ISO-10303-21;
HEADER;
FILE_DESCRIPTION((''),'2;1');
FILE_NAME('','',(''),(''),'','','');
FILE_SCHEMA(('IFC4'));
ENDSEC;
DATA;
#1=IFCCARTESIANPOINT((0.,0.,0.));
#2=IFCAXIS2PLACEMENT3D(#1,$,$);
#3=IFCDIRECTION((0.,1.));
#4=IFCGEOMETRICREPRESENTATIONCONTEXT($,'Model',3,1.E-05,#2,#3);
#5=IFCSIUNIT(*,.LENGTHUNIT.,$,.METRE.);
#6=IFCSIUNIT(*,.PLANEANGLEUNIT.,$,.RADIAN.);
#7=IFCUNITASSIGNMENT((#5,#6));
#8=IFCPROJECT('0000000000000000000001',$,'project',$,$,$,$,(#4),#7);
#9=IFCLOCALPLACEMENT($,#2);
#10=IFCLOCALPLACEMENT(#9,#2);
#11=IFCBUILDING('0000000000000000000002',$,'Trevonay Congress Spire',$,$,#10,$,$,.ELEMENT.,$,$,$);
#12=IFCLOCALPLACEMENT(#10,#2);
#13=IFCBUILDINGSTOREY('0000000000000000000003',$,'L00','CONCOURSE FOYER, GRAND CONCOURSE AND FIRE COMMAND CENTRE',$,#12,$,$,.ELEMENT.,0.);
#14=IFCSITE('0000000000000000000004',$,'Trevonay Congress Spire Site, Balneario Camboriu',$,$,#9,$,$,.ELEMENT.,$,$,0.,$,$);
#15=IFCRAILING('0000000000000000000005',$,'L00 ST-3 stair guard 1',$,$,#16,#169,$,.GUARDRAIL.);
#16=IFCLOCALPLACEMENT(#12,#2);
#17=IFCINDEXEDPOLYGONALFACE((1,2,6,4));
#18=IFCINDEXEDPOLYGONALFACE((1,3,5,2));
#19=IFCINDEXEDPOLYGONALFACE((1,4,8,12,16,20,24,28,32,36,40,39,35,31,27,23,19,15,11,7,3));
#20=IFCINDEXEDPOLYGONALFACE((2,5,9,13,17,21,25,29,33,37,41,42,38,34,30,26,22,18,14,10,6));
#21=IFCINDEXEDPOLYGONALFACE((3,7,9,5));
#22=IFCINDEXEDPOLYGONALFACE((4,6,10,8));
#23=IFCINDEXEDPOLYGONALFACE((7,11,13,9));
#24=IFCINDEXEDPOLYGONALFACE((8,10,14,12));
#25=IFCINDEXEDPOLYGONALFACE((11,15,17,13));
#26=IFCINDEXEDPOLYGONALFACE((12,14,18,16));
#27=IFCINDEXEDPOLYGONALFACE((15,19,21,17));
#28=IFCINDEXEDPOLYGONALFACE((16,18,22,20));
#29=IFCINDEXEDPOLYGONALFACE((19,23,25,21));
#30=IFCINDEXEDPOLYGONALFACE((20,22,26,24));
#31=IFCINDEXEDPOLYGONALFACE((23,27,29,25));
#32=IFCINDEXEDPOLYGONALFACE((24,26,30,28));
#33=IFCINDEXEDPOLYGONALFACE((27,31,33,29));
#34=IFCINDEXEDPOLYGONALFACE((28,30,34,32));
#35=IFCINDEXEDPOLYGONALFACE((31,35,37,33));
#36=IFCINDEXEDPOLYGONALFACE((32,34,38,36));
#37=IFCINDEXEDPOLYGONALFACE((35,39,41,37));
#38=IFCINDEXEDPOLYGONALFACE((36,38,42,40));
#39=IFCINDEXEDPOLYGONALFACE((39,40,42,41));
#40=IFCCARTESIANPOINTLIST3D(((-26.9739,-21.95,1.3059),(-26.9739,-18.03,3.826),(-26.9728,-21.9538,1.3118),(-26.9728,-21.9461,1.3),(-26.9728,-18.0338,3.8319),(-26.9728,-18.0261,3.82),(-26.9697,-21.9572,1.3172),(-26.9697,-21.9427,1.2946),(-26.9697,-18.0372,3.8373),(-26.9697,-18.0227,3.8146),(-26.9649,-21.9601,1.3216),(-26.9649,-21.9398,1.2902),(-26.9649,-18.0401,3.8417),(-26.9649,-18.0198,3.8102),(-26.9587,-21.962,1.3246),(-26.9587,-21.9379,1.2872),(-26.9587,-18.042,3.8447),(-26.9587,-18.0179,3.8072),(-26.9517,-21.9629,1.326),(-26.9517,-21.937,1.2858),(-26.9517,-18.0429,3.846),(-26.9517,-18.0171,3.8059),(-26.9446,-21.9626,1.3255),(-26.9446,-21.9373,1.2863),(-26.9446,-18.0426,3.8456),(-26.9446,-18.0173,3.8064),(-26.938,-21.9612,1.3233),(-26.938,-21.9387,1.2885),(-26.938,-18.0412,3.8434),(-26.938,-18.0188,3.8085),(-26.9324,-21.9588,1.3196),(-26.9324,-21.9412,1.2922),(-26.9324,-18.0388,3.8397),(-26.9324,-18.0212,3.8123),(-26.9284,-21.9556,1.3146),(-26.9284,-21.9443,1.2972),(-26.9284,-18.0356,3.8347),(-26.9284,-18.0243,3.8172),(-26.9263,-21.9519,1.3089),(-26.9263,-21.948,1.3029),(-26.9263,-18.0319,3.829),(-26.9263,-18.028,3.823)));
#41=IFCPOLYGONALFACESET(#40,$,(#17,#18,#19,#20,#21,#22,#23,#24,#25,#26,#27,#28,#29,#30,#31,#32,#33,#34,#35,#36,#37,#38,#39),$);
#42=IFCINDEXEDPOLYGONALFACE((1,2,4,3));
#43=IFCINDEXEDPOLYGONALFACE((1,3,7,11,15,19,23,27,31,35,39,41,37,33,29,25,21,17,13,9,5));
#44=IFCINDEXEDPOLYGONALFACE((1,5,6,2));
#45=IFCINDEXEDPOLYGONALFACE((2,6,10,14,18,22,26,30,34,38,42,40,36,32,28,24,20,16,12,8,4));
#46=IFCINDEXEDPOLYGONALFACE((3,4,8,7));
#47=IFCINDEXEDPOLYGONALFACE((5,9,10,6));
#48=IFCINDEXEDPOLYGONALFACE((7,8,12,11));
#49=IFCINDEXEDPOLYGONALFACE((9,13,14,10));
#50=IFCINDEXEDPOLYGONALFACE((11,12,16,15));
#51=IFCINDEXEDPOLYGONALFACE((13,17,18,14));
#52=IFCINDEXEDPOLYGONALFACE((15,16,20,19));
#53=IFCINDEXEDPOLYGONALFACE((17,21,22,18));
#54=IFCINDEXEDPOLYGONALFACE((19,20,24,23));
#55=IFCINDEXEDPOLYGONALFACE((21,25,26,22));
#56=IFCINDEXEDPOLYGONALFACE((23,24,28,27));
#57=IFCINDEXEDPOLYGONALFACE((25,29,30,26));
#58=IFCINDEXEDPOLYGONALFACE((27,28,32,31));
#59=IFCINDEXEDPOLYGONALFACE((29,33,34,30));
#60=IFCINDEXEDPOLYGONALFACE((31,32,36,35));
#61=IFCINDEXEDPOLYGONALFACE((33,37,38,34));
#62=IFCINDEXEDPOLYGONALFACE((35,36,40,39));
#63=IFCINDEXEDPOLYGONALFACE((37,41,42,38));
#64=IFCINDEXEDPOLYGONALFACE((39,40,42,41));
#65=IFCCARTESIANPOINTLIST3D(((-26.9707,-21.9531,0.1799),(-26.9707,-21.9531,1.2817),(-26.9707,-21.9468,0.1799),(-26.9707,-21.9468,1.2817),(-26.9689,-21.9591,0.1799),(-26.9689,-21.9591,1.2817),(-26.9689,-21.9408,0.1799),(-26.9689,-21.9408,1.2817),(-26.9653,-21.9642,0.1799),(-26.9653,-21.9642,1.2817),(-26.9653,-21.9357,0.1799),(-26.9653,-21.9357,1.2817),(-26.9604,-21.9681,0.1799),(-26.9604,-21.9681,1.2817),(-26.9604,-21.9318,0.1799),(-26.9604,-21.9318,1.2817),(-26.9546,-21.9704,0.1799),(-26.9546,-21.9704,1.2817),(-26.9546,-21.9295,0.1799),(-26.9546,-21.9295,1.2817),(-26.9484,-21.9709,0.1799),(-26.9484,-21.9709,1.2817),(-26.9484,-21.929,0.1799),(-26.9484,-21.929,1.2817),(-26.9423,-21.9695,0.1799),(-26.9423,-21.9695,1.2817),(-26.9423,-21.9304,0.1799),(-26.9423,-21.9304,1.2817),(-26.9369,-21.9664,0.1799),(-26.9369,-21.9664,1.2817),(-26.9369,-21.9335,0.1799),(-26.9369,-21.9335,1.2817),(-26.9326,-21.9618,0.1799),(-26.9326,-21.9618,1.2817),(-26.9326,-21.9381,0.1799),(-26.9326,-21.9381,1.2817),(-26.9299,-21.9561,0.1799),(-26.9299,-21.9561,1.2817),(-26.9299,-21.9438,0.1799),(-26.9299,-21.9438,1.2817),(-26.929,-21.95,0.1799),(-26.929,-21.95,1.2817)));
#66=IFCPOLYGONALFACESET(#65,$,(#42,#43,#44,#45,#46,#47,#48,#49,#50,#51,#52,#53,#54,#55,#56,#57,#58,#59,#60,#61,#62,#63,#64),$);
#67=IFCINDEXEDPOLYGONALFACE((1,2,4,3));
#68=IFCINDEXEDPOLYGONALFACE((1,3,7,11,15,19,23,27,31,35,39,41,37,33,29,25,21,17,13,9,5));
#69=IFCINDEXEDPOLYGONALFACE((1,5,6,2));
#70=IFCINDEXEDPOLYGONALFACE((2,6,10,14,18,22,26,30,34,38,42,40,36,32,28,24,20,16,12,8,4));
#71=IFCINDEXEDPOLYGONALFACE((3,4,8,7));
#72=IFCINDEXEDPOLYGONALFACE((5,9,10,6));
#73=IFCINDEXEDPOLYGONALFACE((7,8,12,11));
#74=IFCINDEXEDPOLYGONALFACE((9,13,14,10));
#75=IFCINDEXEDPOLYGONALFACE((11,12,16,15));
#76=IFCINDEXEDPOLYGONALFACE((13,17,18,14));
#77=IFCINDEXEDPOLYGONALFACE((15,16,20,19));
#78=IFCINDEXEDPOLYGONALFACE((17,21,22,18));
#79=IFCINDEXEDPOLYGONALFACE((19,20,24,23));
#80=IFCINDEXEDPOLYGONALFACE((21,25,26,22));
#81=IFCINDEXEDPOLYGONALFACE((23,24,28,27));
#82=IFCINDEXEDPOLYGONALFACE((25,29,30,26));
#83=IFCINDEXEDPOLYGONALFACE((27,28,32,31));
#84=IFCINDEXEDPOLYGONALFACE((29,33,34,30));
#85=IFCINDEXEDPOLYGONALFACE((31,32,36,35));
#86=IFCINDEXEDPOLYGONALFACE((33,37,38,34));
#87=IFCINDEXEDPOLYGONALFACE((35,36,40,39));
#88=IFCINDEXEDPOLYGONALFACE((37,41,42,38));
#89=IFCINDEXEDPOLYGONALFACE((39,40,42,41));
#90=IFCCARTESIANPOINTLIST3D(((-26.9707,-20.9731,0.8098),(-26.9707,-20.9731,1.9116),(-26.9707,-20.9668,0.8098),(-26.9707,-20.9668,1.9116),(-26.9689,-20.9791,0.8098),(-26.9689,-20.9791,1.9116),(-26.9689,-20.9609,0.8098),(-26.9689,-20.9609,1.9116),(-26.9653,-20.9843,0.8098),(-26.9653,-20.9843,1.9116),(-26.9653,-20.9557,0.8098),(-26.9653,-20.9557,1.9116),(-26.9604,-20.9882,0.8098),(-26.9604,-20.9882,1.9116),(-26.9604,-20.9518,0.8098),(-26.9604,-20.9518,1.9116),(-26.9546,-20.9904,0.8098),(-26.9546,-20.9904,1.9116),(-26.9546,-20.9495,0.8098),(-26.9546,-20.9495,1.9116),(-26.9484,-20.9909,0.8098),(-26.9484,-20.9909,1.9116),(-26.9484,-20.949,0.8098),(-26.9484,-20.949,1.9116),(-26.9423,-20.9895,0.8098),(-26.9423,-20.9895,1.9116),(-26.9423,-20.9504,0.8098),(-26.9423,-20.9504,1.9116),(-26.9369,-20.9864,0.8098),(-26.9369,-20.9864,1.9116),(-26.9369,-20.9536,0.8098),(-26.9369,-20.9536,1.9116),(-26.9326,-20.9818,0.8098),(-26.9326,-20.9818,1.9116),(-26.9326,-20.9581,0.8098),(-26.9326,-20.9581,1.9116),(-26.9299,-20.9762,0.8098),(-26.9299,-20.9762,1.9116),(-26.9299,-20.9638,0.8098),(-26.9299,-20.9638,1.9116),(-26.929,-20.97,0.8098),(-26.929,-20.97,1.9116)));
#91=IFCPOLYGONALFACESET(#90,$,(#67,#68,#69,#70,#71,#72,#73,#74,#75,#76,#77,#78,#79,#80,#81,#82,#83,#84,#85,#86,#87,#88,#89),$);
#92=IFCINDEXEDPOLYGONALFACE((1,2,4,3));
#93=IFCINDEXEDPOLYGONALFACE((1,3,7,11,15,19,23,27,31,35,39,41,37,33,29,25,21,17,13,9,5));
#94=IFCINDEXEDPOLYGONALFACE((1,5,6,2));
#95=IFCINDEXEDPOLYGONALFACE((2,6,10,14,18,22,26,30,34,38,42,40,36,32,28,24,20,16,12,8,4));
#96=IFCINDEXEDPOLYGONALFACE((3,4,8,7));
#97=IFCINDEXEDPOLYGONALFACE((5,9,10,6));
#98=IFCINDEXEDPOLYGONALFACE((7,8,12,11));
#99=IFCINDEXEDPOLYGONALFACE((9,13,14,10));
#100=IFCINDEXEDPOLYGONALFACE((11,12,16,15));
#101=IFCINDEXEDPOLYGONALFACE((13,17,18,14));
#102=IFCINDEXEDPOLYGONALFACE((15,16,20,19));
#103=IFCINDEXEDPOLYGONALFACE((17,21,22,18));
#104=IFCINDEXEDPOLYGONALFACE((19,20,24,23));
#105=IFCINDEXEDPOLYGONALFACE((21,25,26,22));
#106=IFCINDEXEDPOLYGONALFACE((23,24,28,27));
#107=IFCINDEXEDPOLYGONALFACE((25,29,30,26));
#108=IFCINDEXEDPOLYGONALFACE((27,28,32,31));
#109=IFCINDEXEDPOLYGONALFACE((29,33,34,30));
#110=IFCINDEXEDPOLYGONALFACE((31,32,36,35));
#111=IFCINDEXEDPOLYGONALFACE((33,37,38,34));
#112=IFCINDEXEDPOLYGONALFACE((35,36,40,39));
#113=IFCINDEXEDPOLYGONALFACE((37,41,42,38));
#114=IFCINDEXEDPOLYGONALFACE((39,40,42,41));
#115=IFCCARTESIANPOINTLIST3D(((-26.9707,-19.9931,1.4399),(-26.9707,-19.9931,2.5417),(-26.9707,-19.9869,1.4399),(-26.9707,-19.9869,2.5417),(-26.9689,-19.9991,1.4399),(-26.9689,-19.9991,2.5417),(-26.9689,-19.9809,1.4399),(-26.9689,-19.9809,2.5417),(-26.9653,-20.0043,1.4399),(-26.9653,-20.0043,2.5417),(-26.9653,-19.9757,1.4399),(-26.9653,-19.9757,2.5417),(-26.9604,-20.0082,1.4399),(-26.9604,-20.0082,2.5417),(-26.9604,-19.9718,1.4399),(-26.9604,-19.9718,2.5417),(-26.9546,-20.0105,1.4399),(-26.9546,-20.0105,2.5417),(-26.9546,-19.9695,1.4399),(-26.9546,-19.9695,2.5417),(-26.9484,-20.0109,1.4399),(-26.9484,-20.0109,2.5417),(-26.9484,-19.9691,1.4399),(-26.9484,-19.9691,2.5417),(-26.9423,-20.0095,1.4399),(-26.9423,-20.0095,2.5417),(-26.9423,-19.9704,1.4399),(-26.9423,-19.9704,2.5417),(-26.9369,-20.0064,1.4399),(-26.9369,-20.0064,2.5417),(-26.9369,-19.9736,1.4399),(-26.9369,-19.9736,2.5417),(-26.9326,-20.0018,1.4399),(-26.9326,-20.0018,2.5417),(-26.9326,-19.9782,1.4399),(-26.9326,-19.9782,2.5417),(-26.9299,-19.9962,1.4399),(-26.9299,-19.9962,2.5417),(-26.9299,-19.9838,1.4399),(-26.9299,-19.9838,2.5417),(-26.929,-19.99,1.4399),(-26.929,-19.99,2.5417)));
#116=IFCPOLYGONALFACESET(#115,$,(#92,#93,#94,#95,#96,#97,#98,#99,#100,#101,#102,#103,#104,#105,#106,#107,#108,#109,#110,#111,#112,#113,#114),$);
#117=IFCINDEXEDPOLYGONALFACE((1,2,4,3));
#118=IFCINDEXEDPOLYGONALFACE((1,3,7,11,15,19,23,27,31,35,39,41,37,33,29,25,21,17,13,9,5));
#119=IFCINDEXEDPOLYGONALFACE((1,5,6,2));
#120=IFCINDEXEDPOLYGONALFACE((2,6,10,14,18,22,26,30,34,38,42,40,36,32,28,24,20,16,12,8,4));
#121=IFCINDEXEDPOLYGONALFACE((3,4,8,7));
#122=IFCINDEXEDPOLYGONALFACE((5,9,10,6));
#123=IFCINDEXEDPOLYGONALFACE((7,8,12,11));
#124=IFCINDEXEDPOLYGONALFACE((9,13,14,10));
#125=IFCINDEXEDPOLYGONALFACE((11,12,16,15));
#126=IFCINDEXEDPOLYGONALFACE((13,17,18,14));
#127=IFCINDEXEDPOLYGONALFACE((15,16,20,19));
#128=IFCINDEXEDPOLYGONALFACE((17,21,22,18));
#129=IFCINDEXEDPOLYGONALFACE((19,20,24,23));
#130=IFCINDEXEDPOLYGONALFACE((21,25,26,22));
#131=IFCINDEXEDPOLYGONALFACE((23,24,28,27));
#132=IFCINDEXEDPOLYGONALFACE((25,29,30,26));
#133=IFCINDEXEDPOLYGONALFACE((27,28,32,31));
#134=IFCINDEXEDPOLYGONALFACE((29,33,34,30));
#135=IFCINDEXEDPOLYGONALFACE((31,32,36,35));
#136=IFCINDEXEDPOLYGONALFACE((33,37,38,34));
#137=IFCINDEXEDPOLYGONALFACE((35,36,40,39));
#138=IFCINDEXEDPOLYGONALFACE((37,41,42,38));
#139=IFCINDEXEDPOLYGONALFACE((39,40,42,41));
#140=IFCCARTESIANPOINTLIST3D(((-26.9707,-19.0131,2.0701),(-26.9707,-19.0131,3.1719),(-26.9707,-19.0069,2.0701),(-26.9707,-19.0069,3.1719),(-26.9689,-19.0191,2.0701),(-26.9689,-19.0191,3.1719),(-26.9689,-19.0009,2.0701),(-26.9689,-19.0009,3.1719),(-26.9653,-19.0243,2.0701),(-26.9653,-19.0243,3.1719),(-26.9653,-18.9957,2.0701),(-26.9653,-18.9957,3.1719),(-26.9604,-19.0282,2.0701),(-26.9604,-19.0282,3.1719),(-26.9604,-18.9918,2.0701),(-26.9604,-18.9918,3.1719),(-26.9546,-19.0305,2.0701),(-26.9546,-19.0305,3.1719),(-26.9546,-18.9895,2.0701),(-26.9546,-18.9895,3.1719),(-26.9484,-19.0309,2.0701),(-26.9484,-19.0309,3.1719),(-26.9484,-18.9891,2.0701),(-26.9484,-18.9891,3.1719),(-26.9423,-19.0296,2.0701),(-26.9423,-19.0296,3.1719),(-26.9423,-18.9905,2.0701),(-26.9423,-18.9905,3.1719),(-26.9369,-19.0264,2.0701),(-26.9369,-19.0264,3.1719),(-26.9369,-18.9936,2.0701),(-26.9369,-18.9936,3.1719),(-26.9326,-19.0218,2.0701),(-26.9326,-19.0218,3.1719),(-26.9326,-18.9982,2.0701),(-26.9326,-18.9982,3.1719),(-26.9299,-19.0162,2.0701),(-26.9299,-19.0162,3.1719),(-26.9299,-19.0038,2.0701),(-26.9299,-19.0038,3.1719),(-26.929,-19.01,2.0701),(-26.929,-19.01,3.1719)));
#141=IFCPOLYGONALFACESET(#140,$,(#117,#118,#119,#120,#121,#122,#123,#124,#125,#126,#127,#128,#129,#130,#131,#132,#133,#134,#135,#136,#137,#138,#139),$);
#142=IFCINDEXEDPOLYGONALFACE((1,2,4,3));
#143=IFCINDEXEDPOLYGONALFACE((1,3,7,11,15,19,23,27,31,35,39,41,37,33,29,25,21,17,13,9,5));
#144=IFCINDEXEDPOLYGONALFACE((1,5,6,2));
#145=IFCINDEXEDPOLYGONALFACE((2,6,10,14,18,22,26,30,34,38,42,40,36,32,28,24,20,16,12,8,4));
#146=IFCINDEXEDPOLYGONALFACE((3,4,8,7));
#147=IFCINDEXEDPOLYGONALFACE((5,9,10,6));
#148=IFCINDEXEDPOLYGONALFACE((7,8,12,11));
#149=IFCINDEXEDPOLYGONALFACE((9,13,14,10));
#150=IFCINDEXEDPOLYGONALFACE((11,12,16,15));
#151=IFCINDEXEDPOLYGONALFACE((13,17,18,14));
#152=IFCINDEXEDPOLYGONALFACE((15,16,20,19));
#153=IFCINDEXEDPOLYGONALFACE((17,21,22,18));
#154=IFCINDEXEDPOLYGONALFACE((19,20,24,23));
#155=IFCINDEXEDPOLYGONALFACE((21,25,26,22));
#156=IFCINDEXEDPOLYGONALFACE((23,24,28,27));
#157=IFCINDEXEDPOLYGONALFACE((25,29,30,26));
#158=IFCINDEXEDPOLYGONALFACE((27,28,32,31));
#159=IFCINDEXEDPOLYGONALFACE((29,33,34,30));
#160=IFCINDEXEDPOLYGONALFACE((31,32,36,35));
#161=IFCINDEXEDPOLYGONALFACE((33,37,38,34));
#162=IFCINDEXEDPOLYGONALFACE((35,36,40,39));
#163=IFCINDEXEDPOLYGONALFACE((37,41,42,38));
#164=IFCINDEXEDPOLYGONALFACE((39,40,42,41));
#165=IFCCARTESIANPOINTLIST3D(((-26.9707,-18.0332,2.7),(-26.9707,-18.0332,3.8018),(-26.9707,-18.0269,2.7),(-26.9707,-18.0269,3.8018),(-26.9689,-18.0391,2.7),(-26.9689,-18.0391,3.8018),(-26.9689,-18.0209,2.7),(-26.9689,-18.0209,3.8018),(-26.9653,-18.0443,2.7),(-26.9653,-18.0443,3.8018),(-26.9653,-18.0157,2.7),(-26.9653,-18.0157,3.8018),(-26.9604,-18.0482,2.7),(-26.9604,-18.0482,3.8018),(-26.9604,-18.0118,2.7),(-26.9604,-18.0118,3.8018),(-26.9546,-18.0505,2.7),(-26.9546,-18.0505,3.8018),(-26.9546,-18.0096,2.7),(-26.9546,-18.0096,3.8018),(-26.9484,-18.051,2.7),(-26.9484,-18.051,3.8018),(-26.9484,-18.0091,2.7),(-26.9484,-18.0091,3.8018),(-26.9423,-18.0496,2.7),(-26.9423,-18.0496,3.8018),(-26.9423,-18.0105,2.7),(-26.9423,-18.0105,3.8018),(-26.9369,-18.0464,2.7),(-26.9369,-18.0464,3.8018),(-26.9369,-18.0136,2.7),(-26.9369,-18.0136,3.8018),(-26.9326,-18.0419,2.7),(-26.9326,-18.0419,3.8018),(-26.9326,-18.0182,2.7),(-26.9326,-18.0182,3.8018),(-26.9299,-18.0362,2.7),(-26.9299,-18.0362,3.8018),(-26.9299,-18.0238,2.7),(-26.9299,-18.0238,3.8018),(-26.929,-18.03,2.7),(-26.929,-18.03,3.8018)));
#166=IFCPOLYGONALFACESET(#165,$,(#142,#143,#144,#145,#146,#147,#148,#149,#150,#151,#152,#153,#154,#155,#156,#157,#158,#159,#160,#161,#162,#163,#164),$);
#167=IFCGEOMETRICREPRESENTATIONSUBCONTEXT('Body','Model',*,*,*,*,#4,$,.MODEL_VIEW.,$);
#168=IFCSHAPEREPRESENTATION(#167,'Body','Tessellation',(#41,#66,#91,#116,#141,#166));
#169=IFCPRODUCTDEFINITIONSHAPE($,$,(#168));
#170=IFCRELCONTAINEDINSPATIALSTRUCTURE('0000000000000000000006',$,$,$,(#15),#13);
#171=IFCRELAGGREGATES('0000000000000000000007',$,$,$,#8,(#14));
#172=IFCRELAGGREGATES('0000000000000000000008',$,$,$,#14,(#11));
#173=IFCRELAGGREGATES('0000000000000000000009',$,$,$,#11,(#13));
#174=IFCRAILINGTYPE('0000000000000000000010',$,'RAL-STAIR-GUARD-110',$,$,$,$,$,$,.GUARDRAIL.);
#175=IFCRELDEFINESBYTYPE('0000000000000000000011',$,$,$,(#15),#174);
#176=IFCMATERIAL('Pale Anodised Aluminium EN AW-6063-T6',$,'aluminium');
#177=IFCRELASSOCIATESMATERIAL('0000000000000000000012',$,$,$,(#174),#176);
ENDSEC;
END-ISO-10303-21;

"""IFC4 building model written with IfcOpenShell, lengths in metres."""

from ifc_helpers import new_model, si_unit, direction, frame, origin, origin_2d, place, context, subcontext, project, spatial, circle, extrude, material, type_object, element, save


model = new_model("IFC4")

# Units and contexts
model_context = context("Model", 3, precision=1e-05, world=origin(), true_north=direction((0.0, 1.0)))
body_context = subcontext(model_context, "Body", "Model", "MODEL_VIEW")
ifc_project = project(units=[si_unit("LENGTHUNIT", "METRE"), si_unit("PLANEANGLEUNIT", "RADIAN")], contexts=[model_context])

# Site, building, storey
site_placement = place(None, origin())
site = spatial("IfcSite", under=ifc_project, at=site_placement, Name="Trevonay Congress Spire Site, Balneario Camboriu", CompositionType="ELEMENT", RefElevation=0.0)
building_placement = place(site_placement, origin())
building = spatial("IfcBuilding", under=site, at=building_placement, Name="Trevonay Congress Spire", CompositionType="ELEMENT")
storey_placement = place(building_placement, origin())
storey = spatial("IfcBuildingStorey", under=building, at=storey_placement, Name="L00", Description="CONCOURSE FOYER, GRAND CONCOURSE AND FIRE COMMAND CENTRE", CompositionType="ELEMENT", Elevation=0.0)

# Shared definitions
ifc_material_1 = material(Name="Pale Anodised Aluminium EN AW-6063-T6", Category="aluminium")

# Railing
railing_type_1 = type_object("IfcRailingType", Name="RAL-STAIR-GUARD-110", PredefinedType="GUARDRAIL", material=ifc_material_1)
railing_1_placement = place(storey_placement, frame((-26.95, -21.95, 0.1799)))
element("IfcRailing", 1, at=railing_1_placement, inside=storey, type_object=railing_type_1, Name="L00 ST-3 stair guard 1", PredefinedType="GUARDRAIL", context=body_context, shape_type="SweptSolid", body=[
    extrude(circle(Radius=0.0239, at=origin_2d()), frame((0.0, 0.0, 1.126), z_axis=(0.0, 0.841172, 0.540768), x_axis=(-1.0, 0.0, 0.0)), (0.0, 0.0, 1.0), 4.6602),
    extrude(circle(Radius=0.021, at=origin_2d()), origin(), (0.0, 0.0, 1.0), 1.1018),
    extrude(circle(Radius=0.021, at=origin_2d()), frame((0.0, 0.98, 0.6299)), (0.0, 0.0, 1.0), 1.1018),
    extrude(circle(Radius=0.021, at=origin_2d()), frame((0.0, 1.96, 1.26)), (0.0, 0.0, 1.0), 1.1018),
    extrude(circle(Radius=0.021, at=origin_2d()), frame((0.0, 2.9399, 1.8901)), (0.0, 0.0, 1.0), 1.1018),
    extrude(circle(Radius=0.021, at=origin_2d()), frame((0.0, 3.9199, 2.52)), (0.0, 0.0, 1.0), 1.1018),
])

save(model, "model.ifc")
